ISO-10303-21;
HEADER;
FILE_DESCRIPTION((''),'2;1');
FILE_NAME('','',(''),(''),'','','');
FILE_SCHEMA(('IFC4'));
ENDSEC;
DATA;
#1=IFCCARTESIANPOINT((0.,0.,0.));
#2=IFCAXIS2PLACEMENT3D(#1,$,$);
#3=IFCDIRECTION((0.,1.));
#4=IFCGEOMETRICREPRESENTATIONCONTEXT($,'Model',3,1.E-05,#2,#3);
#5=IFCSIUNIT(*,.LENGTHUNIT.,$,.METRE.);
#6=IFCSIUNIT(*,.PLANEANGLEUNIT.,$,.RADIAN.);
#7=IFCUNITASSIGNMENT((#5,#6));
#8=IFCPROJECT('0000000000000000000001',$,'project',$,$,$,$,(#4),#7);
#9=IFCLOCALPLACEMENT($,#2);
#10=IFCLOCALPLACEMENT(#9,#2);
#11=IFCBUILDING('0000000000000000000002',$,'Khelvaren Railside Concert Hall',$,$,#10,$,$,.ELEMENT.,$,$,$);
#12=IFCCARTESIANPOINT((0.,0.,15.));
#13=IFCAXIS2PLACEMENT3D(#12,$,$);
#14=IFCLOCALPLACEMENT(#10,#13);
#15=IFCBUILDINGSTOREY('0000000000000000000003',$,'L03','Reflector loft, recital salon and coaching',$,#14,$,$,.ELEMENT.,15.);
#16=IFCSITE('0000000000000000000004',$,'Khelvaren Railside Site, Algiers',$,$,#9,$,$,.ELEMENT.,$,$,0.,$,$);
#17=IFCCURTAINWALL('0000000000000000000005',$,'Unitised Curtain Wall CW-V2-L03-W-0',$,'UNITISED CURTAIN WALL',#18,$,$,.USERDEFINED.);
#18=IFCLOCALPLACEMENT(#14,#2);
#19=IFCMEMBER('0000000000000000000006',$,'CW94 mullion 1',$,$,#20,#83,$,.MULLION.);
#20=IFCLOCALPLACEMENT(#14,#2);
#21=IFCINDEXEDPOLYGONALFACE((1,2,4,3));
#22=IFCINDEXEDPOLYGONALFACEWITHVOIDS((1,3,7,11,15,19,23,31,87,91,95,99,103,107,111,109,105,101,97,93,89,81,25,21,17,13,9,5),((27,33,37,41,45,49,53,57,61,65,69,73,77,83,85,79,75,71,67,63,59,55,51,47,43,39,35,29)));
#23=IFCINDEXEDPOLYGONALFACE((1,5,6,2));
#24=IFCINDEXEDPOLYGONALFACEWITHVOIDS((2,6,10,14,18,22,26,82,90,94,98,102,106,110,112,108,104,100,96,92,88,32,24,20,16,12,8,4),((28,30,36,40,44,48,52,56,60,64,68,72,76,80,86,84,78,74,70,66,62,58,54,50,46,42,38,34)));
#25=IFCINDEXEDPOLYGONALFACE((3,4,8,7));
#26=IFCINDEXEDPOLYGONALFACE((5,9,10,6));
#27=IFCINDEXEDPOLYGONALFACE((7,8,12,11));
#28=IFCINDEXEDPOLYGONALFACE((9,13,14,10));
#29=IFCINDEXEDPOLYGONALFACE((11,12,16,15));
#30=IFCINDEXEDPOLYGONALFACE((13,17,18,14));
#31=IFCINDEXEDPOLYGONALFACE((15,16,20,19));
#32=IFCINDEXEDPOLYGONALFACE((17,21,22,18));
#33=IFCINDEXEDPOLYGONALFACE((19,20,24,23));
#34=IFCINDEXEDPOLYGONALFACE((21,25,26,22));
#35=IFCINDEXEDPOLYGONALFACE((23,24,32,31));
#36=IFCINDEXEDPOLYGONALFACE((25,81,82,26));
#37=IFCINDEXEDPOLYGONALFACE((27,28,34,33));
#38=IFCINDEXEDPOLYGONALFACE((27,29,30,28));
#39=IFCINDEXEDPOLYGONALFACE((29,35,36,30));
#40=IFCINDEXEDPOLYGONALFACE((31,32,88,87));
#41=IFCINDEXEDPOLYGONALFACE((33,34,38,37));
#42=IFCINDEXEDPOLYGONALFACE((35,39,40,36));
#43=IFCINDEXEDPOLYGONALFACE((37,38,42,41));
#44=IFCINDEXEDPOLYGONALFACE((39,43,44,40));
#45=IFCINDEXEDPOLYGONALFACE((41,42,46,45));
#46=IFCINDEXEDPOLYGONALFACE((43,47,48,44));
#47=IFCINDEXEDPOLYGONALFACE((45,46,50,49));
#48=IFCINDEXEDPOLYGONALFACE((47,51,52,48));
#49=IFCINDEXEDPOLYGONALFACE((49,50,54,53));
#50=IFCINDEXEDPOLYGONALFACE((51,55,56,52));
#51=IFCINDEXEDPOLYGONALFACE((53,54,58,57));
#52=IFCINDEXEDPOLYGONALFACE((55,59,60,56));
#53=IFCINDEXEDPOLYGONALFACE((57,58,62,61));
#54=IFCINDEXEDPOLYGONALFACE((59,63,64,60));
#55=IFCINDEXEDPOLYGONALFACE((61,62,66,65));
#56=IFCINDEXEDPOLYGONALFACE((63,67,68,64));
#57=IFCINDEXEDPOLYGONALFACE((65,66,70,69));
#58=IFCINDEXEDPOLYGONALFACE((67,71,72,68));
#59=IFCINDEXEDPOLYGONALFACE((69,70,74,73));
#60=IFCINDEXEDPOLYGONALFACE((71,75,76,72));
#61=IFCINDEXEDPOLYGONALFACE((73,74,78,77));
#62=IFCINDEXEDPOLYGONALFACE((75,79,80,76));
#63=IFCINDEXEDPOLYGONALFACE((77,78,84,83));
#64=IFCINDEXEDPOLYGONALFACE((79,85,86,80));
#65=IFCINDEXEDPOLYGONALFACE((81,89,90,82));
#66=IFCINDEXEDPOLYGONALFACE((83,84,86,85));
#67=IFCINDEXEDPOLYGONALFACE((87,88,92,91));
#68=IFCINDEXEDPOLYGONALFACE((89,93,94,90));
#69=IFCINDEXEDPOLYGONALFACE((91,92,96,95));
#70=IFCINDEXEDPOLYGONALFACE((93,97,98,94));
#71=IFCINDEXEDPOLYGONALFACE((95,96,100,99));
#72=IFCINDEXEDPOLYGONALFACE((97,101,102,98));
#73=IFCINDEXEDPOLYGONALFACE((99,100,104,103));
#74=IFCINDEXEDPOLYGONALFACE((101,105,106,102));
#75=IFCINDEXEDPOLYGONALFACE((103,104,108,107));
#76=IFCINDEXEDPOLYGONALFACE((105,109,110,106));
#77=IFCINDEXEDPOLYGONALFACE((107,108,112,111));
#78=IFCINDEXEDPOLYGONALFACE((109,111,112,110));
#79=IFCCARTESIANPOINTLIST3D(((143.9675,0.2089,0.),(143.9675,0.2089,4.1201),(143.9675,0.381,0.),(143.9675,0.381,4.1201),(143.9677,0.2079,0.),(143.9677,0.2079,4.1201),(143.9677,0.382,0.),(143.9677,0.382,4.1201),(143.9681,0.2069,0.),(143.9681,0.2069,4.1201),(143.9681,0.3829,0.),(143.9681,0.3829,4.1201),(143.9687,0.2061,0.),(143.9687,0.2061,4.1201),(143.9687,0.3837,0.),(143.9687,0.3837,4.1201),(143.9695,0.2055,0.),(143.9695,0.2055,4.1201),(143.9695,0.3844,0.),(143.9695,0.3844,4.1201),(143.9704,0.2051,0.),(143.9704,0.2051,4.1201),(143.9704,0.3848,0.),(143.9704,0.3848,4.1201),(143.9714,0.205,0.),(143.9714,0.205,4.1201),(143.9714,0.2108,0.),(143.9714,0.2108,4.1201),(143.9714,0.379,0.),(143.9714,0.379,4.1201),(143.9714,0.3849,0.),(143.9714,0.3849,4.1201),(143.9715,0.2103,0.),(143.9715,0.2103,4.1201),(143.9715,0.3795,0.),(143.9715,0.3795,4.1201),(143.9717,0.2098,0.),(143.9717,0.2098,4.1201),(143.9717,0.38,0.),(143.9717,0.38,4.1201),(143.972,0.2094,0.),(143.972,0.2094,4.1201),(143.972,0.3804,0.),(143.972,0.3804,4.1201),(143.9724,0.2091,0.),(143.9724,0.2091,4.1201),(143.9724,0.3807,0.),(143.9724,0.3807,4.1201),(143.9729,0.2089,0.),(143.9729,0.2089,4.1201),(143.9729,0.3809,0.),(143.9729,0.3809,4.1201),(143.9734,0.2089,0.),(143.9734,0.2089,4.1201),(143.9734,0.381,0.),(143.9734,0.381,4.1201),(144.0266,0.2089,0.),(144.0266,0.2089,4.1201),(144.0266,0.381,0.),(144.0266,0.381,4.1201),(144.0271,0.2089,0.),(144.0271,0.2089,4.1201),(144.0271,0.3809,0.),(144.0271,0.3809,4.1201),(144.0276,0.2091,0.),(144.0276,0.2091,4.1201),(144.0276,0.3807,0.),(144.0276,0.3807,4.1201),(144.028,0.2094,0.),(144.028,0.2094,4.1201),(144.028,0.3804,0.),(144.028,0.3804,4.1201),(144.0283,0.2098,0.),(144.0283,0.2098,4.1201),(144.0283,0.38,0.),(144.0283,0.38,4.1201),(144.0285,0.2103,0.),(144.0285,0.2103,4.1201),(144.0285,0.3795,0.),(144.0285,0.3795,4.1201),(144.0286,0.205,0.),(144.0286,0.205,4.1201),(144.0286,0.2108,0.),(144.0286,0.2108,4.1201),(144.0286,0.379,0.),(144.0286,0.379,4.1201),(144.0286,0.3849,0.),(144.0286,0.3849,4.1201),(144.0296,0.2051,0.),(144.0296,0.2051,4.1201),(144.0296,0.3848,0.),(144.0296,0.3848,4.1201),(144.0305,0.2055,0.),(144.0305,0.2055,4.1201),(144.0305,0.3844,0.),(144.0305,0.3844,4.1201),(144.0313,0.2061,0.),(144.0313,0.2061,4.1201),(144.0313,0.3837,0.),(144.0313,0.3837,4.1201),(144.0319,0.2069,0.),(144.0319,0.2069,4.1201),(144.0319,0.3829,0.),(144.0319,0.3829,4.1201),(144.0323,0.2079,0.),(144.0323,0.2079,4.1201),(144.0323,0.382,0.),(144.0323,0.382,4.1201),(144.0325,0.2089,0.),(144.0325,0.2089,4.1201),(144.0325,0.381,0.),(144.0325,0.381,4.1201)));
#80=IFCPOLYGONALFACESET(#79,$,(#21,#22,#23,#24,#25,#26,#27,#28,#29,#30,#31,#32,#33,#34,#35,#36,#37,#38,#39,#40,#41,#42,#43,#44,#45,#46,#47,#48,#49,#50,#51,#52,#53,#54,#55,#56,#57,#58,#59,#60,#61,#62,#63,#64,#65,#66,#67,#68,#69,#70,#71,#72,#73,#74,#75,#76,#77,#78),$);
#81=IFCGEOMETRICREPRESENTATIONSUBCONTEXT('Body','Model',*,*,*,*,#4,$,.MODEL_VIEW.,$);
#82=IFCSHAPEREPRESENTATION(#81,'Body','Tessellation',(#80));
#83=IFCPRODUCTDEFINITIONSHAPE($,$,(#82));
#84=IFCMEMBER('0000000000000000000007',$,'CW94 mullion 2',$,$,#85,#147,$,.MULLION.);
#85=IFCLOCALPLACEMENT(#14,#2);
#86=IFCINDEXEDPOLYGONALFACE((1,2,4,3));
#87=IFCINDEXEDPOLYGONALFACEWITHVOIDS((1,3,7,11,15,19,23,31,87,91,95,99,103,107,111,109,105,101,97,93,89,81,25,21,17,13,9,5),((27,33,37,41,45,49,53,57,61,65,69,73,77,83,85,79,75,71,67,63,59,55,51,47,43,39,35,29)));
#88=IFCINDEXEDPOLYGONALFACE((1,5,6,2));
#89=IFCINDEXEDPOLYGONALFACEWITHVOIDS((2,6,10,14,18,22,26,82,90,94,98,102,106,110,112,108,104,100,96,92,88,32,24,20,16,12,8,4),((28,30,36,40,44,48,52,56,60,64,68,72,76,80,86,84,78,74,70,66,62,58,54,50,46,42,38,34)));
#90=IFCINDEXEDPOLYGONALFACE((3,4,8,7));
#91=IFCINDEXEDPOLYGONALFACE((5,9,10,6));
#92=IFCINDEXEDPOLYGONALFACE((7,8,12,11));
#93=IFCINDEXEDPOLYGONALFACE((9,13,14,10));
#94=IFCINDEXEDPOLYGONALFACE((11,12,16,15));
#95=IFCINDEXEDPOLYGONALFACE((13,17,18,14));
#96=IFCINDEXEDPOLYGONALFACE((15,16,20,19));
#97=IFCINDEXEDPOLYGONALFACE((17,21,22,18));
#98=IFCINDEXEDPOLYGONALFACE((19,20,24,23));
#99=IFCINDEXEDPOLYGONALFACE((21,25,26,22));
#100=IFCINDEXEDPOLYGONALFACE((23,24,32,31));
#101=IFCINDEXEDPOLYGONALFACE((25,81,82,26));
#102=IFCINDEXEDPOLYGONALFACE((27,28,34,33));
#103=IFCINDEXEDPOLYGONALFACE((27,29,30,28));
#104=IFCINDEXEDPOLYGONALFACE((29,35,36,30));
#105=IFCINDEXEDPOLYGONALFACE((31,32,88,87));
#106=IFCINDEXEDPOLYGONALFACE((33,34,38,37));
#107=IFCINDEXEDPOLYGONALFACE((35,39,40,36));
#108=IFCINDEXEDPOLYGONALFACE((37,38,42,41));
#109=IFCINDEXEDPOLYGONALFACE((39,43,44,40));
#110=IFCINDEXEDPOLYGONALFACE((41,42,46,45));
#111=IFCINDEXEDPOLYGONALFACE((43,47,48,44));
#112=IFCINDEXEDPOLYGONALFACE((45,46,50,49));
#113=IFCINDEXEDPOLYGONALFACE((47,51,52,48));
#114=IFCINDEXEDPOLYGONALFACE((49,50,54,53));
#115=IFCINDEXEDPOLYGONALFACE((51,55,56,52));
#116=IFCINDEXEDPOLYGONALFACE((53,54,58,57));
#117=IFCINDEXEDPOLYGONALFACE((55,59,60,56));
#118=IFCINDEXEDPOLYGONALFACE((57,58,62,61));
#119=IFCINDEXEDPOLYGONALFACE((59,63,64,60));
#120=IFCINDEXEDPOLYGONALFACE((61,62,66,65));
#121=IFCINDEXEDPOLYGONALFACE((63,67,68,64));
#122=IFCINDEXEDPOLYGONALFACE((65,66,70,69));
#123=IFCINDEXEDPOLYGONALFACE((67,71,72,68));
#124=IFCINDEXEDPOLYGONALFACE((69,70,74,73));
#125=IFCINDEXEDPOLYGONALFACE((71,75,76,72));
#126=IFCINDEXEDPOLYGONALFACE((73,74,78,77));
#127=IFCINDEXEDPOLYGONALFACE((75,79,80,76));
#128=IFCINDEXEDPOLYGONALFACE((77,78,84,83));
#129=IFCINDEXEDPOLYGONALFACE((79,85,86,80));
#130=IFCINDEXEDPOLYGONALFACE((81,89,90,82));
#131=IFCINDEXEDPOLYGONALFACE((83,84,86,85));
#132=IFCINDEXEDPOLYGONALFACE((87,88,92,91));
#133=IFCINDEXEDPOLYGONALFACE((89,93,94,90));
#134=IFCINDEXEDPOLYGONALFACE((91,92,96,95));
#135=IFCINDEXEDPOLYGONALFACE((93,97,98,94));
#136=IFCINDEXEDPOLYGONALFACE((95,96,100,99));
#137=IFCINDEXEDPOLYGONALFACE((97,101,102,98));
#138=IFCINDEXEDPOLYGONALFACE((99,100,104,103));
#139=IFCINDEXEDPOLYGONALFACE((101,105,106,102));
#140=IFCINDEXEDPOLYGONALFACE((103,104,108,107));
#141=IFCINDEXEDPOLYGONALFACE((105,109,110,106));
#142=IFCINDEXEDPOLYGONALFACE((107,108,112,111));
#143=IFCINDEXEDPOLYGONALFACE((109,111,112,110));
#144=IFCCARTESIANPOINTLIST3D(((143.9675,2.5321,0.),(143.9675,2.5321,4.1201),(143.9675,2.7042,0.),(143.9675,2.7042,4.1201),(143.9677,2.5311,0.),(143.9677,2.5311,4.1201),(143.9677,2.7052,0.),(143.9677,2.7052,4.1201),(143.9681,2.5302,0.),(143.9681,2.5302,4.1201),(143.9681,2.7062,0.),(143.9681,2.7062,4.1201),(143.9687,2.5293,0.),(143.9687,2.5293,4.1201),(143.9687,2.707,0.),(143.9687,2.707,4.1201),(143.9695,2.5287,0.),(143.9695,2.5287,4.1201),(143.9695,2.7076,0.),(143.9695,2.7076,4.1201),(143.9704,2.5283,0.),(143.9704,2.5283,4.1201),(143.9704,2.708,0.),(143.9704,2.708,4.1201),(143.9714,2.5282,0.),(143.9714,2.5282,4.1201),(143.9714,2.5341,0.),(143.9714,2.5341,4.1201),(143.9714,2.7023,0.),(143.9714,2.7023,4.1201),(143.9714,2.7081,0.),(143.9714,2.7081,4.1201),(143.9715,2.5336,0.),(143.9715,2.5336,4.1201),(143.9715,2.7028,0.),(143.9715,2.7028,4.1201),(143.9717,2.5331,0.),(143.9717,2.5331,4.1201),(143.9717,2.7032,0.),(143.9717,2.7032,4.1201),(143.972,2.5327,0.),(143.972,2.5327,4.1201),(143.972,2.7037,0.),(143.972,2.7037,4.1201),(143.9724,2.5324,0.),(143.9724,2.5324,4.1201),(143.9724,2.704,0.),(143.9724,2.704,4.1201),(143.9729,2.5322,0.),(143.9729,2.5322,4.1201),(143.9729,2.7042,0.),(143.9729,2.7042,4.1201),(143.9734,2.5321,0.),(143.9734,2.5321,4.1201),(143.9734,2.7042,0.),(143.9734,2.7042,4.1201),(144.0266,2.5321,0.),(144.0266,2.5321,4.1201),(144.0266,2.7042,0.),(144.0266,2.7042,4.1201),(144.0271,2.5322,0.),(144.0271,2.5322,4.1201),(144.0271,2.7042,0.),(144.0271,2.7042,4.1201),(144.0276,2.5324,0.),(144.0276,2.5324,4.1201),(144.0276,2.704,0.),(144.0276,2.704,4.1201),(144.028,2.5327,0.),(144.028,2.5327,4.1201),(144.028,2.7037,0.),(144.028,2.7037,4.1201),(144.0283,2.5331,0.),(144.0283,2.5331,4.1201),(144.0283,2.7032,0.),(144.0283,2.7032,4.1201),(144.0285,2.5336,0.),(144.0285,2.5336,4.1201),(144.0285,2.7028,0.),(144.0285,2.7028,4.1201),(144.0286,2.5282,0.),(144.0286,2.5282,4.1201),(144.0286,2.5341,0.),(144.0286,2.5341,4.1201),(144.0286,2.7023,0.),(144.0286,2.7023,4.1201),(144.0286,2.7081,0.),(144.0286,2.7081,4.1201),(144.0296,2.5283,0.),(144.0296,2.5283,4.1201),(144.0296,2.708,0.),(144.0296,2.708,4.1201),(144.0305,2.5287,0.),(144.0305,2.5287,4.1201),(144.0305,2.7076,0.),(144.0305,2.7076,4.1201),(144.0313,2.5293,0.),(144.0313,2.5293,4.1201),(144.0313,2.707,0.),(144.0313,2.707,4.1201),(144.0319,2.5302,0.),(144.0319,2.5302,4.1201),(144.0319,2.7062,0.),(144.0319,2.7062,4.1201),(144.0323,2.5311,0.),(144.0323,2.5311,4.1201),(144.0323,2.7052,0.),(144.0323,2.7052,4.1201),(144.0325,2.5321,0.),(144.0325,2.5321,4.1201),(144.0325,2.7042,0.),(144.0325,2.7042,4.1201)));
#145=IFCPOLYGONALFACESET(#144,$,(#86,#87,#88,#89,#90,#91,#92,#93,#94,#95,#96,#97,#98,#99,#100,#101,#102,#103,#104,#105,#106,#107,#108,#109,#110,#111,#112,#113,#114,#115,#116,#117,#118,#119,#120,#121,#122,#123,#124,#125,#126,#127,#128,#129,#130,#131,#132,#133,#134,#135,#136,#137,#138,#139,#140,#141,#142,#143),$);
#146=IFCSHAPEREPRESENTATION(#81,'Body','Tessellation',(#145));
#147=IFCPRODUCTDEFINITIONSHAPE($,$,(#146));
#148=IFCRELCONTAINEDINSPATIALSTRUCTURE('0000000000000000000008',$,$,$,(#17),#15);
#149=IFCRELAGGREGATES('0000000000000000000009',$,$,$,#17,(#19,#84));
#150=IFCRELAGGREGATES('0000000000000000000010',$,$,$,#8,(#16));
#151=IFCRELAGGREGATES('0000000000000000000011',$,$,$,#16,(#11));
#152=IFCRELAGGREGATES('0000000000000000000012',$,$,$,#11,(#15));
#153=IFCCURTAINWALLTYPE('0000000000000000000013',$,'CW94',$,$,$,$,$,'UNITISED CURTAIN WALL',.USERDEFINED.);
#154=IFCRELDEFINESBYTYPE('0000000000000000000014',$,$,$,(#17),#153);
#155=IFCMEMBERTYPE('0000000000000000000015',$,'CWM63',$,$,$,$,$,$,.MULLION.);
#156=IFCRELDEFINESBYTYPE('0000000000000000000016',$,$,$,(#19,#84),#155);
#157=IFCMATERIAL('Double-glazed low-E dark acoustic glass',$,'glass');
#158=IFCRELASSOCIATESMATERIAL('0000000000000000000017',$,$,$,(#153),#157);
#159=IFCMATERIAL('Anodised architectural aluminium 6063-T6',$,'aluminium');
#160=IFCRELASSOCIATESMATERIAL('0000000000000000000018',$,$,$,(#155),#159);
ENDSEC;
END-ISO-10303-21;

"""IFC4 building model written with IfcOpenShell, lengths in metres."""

from ifc_helpers import new_model, si_unit, direction, frame, origin, origin_2d, place, context, subcontext, project, spatial, hollow_rectangle, extrude, material, material_profile, profile_set, type_object, element, aggregate, save


model = new_model("IFC4")

# Units and contexts
model_context = context("Model", 3, precision=1e-05, world=origin(), true_north=direction((0.0, 1.0)))
body_context = subcontext(model_context, "Body", "Model", "MODEL_VIEW")
ifc_project = project(units=[si_unit("LENGTHUNIT", "METRE"), si_unit("PLANEANGLEUNIT", "RADIAN")], contexts=[model_context])

# Site, building, storey
site_placement = place(None, origin())
site = spatial("IfcSite", under=ifc_project, at=site_placement, Name="Khelvaren Railside Site, Algiers", CompositionType="ELEMENT", RefElevation=0.0)
building_placement = place(site_placement, origin())
building = spatial("IfcBuilding", under=site, at=building_placement, Name="Khelvaren Railside Concert Hall", CompositionType="ELEMENT")
storey_placement = place(building_placement, frame((0.0, 0.0, 15.0)))
storey = spatial("IfcBuildingStorey", under=building, at=storey_placement, Name="L03", Description="Reflector loft, recital salon and coaching", CompositionType="ELEMENT", Elevation=15.0)

# Curtain wall, members
ifc_material_1 = material(Name="Double-glazed low-E dark acoustic glass", Category="glass")
curtain_wall_type = type_object("IfcCurtainWallType", Name="CW94", ElementType="UNITISED CURTAIN WALL", PredefinedType="USERDEFINED", material=ifc_material_1)
curtain_wall_placement = place(storey_placement, origin())
curtain_wall = element("IfcCurtainWall", 1, at=curtain_wall_placement, inside=storey, type_object=curtain_wall_type, Name="Unitised Curtain Wall CW-V2-L03-W-0", ObjectType="UNITISED CURTAIN WALL", PredefinedType="USERDEFINED")
ifc_material_2 = material(Name="Anodised architectural aluminium 6063-T6", Category="aluminium")
ifc_material_profile_1 = material_profile(ifc_material_2, hollow_rectangle(XDim=0.0649, YDim=0.1799, WallThickness=0.0039, InnerFilletRadius=0.002, OuterFilletRadius=0.0039, at=origin_2d()), Name="CWM 65x180x4")
ifc_profile_set_1 = profile_set([ifc_material_profile_1], Name="Anodised architectural aluminium 6063-T6")
member_type_1 = type_object("IfcMemberType", Name="CWM63", PredefinedType="MULLION", material=ifc_profile_set_1)
member_1_placement = place(storey_placement, frame((144.0, 0.2949, 0.0), z_axis=(0.0, 0.0, 1.0), x_axis=(-1.0, 0.0, 0.0)))
member_1 = element("IfcMember", 2, at=member_1_placement, type_object=member_type_1, Name="CW94 mullion 1", PredefinedType="MULLION", context=body_context, shape_type="SweptSolid", body=[
    extrude(hollow_rectangle(XDim=0.0649, YDim=0.1799, WallThickness=0.0039, InnerFilletRadius=0.002, OuterFilletRadius=0.0039, at=origin_2d()), origin(), (0.0, 0.0, 1.0), 4.1201),
])
member_2_placement = place(storey_placement, frame((144.0, 2.6182, 0.0), z_axis=(0.0, 0.0, 1.0), x_axis=(-1.0, 0.0, 0.0)))
member_2 = element("IfcMember", 3, at=member_2_placement, type_object=member_type_1, Name="CW94 mullion 2", PredefinedType="MULLION", context=body_context, shape_type="SweptSolid", body=[
    extrude(hollow_rectangle(XDim=0.0649, YDim=0.1799, WallThickness=0.0039, InnerFilletRadius=0.002, OuterFilletRadius=0.0039, at=origin_2d()), origin(), (0.0, 0.0, 1.0), 4.1201),
])

aggregate(curtain_wall, [member_1, member_2])

save(model, "model.ifc")
